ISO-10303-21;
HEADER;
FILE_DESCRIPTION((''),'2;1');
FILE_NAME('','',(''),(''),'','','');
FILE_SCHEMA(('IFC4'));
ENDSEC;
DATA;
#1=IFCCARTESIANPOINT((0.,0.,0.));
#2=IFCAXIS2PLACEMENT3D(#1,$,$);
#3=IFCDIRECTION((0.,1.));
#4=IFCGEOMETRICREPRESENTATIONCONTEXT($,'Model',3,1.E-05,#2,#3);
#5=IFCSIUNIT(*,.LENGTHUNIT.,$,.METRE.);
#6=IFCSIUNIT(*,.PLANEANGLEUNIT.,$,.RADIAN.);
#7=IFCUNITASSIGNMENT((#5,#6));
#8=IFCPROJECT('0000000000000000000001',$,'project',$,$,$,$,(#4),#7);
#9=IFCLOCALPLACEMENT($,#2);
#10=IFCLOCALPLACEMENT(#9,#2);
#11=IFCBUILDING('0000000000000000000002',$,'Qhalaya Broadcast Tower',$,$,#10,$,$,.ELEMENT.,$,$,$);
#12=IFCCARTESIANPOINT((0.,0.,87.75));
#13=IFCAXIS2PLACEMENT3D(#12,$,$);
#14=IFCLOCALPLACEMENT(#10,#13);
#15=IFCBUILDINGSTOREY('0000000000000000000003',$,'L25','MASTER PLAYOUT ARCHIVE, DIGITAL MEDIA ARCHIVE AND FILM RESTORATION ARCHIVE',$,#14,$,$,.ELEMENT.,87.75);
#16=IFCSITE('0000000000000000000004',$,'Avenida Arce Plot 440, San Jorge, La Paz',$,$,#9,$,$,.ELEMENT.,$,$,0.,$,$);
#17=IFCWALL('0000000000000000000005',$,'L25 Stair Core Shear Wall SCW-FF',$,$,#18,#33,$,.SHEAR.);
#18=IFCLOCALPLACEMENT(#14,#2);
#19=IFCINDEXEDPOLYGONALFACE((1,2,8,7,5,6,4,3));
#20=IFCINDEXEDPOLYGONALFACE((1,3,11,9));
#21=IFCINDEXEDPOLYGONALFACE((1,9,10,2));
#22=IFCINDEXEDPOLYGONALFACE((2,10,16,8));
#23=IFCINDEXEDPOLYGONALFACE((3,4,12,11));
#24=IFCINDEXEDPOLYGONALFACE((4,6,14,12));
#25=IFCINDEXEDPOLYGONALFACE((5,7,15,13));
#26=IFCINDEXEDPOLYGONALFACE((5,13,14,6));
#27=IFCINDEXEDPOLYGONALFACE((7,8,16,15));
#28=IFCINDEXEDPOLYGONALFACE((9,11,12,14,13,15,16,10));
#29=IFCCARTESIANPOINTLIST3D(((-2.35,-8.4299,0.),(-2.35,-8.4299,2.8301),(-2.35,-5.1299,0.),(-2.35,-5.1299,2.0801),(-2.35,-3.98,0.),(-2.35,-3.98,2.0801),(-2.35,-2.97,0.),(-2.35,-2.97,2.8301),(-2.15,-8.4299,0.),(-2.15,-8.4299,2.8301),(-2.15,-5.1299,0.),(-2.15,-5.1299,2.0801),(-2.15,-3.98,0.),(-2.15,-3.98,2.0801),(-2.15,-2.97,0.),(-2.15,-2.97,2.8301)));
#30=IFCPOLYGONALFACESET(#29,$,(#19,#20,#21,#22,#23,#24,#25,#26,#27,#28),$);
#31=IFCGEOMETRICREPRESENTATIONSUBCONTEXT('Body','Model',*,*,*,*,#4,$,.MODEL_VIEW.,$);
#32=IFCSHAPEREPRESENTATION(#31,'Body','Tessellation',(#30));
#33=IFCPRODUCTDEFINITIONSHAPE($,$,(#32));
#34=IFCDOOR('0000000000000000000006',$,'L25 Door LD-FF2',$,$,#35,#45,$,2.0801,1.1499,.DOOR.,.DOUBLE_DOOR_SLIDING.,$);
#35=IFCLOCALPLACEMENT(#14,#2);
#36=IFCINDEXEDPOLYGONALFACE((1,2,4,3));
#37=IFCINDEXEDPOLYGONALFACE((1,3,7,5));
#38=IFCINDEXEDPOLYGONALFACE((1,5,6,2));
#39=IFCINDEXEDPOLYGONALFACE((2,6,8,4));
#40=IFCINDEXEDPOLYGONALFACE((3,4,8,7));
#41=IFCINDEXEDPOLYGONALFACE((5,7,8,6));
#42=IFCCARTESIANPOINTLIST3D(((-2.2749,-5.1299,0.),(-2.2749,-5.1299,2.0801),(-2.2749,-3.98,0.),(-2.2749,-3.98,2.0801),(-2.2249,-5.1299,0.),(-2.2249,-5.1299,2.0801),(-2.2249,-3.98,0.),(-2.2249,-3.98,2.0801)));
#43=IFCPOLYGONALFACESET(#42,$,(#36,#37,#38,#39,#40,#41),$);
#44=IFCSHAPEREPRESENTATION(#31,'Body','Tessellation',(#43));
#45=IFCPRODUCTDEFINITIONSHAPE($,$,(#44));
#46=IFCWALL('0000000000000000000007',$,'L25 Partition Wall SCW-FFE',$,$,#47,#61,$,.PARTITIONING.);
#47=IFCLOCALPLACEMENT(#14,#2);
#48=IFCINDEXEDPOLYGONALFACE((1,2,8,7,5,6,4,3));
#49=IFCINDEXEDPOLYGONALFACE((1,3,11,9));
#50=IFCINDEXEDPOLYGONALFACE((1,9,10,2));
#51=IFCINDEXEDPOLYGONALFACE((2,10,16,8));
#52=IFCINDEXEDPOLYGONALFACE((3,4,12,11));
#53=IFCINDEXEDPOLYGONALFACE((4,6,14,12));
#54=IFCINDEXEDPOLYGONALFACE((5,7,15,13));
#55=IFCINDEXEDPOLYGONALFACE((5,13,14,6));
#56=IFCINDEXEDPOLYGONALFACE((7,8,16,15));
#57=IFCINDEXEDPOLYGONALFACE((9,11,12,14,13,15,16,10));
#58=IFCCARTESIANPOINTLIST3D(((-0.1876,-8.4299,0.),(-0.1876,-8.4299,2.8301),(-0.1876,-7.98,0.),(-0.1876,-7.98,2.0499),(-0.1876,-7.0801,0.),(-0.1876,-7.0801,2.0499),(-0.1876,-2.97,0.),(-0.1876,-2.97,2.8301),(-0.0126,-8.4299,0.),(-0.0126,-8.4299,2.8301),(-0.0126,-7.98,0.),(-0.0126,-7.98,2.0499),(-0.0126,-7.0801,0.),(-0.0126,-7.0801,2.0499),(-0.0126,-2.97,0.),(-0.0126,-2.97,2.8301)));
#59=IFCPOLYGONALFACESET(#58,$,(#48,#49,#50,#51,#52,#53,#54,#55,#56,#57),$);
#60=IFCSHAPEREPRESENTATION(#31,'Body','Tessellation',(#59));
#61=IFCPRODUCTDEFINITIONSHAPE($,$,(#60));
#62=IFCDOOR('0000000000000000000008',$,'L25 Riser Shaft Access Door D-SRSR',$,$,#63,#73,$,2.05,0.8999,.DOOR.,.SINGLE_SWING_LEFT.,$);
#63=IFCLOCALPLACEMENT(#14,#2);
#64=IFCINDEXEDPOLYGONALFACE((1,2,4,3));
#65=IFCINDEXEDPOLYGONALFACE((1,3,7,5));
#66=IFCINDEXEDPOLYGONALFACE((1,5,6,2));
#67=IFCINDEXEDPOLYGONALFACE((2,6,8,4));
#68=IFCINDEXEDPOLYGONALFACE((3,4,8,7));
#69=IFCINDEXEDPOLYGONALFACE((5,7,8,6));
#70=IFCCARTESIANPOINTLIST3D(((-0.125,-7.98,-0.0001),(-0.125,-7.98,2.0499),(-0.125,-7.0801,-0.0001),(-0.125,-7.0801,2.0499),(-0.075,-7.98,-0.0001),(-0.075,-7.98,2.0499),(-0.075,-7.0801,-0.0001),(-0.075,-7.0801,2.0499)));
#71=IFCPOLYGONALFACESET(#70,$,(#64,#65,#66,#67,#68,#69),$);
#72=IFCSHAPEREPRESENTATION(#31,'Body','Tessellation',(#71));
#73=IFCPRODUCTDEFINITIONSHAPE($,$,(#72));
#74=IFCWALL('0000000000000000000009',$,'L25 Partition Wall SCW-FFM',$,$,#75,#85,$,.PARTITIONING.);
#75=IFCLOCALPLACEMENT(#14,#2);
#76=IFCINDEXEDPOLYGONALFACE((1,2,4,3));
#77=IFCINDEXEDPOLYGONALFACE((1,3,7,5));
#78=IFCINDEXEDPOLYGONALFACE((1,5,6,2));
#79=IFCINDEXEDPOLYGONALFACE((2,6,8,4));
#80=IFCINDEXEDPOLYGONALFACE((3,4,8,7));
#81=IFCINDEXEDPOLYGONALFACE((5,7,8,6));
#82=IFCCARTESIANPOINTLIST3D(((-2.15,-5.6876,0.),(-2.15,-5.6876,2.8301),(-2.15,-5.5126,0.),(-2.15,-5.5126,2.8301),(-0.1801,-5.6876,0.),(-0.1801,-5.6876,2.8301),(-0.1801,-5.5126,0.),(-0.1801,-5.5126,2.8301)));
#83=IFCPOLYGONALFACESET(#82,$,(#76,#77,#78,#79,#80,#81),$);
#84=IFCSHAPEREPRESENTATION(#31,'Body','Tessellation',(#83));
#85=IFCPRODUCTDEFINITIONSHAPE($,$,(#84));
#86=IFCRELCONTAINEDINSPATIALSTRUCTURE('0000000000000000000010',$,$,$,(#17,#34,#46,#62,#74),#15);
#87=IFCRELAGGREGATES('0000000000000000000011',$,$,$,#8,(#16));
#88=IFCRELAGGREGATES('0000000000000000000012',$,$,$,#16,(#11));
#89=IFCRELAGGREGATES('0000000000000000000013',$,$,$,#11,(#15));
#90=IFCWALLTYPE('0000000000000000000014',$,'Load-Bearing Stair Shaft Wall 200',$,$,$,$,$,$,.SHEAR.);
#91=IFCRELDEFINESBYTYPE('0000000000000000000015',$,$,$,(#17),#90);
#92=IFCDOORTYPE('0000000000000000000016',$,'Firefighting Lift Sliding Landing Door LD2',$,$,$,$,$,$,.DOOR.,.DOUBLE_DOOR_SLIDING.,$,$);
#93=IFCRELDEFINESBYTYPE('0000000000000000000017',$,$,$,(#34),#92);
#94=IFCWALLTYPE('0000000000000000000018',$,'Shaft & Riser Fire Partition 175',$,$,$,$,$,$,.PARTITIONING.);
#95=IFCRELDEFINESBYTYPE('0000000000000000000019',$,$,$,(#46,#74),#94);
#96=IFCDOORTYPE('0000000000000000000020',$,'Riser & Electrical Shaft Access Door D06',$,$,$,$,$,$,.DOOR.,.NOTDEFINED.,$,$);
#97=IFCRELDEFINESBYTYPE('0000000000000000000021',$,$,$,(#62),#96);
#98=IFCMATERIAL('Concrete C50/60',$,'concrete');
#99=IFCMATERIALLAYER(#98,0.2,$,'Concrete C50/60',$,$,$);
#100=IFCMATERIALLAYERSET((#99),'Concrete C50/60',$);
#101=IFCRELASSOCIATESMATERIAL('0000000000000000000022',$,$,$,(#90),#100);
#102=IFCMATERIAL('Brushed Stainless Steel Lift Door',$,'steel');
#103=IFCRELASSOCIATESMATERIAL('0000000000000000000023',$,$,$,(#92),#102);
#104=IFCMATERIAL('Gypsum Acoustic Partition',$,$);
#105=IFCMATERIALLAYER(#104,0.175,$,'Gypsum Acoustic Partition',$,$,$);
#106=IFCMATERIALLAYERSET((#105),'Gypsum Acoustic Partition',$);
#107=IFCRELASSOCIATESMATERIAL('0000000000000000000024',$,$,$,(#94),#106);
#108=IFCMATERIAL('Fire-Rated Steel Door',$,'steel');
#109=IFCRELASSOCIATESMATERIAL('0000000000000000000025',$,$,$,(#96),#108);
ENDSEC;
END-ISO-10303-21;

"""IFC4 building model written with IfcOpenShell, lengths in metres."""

from ifc_helpers import new_model, si_unit, direction, frame, frame_2d, origin, place, context, subcontext, project, spatial, rectangle, extrude, material, layer, layer_set, type_object, element, fill, save


model = new_model("IFC4")

# Units and contexts
model_context = context("Model", 3, precision=1e-05, world=origin(), true_north=direction((0.0, 1.0)))
body_context = subcontext(model_context, "Body", "Model", "MODEL_VIEW")
ifc_project = project(units=[si_unit("LENGTHUNIT", "METRE"), si_unit("PLANEANGLEUNIT", "RADIAN")], contexts=[model_context])

# Site, building, storey
site_placement = place(None, origin())
site = spatial("IfcSite", under=ifc_project, at=site_placement, Name="Avenida Arce Plot 440, San Jorge, La Paz", CompositionType="ELEMENT", RefElevation=0.0)
building_placement = place(site_placement, origin())
building = spatial("IfcBuilding", under=site, at=building_placement, Name="Qhalaya Broadcast Tower", CompositionType="ELEMENT")
storey_placement = place(building_placement, frame((0.0, 0.0, 87.75)))
storey = spatial("IfcBuildingStorey", under=building, at=storey_placement, Name="L25", Description="MASTER PLAYOUT ARCHIVE, DIGITAL MEDIA ARCHIVE AND FILM RESTORATION ARCHIVE", CompositionType="ELEMENT", Elevation=87.75)

# Shared definitions
ifc_material_1 = material(Name="Concrete C50/60", Category="concrete")

# Walls, openings, doors
ifc_layer_1 = layer(ifc_material_1, 0.2, Name="Concrete C50/60")
ifc_layer_set_1 = layer_set([ifc_layer_1], Name="Concrete C50/60")
wall_type_1 = type_object("IfcWallType", Name="Load-Bearing Stair Shaft Wall 200", PredefinedType="SHEAR", material=ifc_layer_set_1)
ifc_material_2 = material(Name="Fire-Rated Steel Door", Category="steel")
wall_1_placement = place(storey_placement, frame((-2.25, -8.4299, 0.0), z_axis=(0.0, 0.0, 1.0), x_axis=(0.0, 1.0, 0.0)))
wall_1 = element("IfcWall", 1, at=wall_1_placement, inside=storey, type_object=wall_type_1, Name="L25 Stair Core Shear Wall SCW-FF", PredefinedType="SHEAR", context=body_context, shape_type="SweptSolid", body=[
    extrude(rectangle(XDim=5.46, YDim=0.2, at=frame_2d((2.73, 0.0))), origin(), (0.0, 0.0, 1.0), 2.8301),
])
opening_1_placement = place(wall_1_placement, frame((3.3, 0.0, 0.0)))
opening_1 = element("IfcOpeningElement", 2, at=opening_1_placement, cuts=wall_1, PredefinedType="OPENING", context=body_context, shape_type="SweptSolid", body=[
    extrude(rectangle(XDim=1.1499, YDim=2.0801, at=frame_2d((0.575, 1.04))), frame((0.0, 0.1121, 0.0), z_axis=(0.0, -1.0, 0.0), x_axis=(1.0, 0.0, 0.0)), (0.0, 0.0, 1.0), 0.2239),
])
ifc_material_3 = material(Name="Brushed Stainless Steel Lift Door", Category="steel")
door_type_1 = type_object("IfcDoorType", Name="Firefighting Lift Sliding Landing Door LD2", OperationType="DOUBLE_DOOR_SLIDING", PredefinedType="DOOR", material=ifc_material_3)
door_1_placement = place(opening_1_placement, origin())
door_1 = element("IfcDoor", 3, at=door_1_placement, inside=storey, type_object=door_type_1, Name="L25 Door LD-FF2", OperationType="DOUBLE_DOOR_SLIDING", OverallHeight=2.0801, OverallWidth=1.1499, PredefinedType="DOOR", context=body_context, shape_type="SweptSolid", body=[
    extrude(rectangle(XDim=1.1499, YDim=2.0801, at=frame_2d((0.575, 1.04))), frame((0.0, 0.0249, 0.0), z_axis=(0.0, -1.0, 0.0), x_axis=(1.0, 0.0, 0.0)), (0.0, 0.0, 1.0), 0.05),
])
fill(opening_1, door_1)
ifc_material_4 = material(Name="Gypsum Acoustic Partition")
ifc_layer_2 = layer(ifc_material_4, 0.175, Name="Gypsum Acoustic Partition")
ifc_layer_set_2 = layer_set([ifc_layer_2], Name="Gypsum Acoustic Partition")
wall_type_2 = type_object("IfcWallType", Name="Shaft & Riser Fire Partition 175", PredefinedType="PARTITIONING", material=ifc_layer_set_2)
wall_2_placement = place(storey_placement, frame((-0.1001, -8.4299, 0.0), z_axis=(0.0, 0.0, 1.0), x_axis=(0.0, 1.0, 0.0)))
wall_2 = element("IfcWall", 4, at=wall_2_placement, inside=storey, type_object=wall_type_2, Name="L25 Partition Wall SCW-FFE", PredefinedType="PARTITIONING", context=body_context, shape_type="SweptSolid", body=[
    extrude(rectangle(XDim=5.46, YDim=0.175, at=frame_2d((2.73, 0.0))), origin(), (0.0, 0.0, 1.0), 2.8301),
])
opening_2_placement = place(wall_2_placement, frame((0.45, 0.0, 0.0)))
opening_2 = element("IfcOpeningElement", 5, at=opening_2_placement, cuts=wall_2, PredefinedType="OPENING", context=body_context, shape_type="SweptSolid", body=[
    extrude(rectangle(XDim=0.8999, YDim=2.05, at=frame_2d((0.45, 1.0249))), frame((0.0, 0.0996, 0.0), z_axis=(0.0, -1.0, 0.0), x_axis=(1.0, 0.0, 0.0)), (0.0, 0.0, 1.0), 0.199),
])
door_type_2 = type_object("IfcDoorType", Name="Riser & Electrical Shaft Access Door D06", OperationType="NOTDEFINED", PredefinedType="DOOR", material=ifc_material_2)
door_2_placement = place(opening_2_placement, origin())
door_2 = element("IfcDoor", 6, at=door_2_placement, inside=storey, type_object=door_type_2, Name="L25 Riser Shaft Access Door D-SRSR", OperationType="SINGLE_SWING_LEFT", OverallHeight=2.05, OverallWidth=0.8999, PredefinedType="DOOR", context=body_context, shape_type="SweptSolid", body=[
    extrude(rectangle(XDim=0.8999, YDim=2.05, at=frame_2d((0.45, 1.0249))), frame((0.0, 0.0249, 0.0), z_axis=(0.0, -1.0, 0.0), x_axis=(1.0, 0.0, 0.0)), (0.0, 0.0, 1.0), 0.05),
])
fill(opening_2, door_2)

# Wall
wall_3_placement = place(storey_placement, frame((-2.1499, -5.6001, 0.0), z_axis=(0.0, 0.0, 1.0), x_axis=(1.0, 0.0, 0.0)))
element("IfcWall", 7, at=wall_3_placement, inside=storey, type_object=wall_type_2, Name="L25 Partition Wall SCW-FFM", PredefinedType="PARTITIONING", context=body_context, shape_type="SweptSolid", body=[
    extrude(rectangle(XDim=1.97, YDim=0.175, at=frame_2d((0.9849, 0.0))), origin(), (0.0, 0.0, 1.0), 2.8301),
])

save(model, "model.ifc")
